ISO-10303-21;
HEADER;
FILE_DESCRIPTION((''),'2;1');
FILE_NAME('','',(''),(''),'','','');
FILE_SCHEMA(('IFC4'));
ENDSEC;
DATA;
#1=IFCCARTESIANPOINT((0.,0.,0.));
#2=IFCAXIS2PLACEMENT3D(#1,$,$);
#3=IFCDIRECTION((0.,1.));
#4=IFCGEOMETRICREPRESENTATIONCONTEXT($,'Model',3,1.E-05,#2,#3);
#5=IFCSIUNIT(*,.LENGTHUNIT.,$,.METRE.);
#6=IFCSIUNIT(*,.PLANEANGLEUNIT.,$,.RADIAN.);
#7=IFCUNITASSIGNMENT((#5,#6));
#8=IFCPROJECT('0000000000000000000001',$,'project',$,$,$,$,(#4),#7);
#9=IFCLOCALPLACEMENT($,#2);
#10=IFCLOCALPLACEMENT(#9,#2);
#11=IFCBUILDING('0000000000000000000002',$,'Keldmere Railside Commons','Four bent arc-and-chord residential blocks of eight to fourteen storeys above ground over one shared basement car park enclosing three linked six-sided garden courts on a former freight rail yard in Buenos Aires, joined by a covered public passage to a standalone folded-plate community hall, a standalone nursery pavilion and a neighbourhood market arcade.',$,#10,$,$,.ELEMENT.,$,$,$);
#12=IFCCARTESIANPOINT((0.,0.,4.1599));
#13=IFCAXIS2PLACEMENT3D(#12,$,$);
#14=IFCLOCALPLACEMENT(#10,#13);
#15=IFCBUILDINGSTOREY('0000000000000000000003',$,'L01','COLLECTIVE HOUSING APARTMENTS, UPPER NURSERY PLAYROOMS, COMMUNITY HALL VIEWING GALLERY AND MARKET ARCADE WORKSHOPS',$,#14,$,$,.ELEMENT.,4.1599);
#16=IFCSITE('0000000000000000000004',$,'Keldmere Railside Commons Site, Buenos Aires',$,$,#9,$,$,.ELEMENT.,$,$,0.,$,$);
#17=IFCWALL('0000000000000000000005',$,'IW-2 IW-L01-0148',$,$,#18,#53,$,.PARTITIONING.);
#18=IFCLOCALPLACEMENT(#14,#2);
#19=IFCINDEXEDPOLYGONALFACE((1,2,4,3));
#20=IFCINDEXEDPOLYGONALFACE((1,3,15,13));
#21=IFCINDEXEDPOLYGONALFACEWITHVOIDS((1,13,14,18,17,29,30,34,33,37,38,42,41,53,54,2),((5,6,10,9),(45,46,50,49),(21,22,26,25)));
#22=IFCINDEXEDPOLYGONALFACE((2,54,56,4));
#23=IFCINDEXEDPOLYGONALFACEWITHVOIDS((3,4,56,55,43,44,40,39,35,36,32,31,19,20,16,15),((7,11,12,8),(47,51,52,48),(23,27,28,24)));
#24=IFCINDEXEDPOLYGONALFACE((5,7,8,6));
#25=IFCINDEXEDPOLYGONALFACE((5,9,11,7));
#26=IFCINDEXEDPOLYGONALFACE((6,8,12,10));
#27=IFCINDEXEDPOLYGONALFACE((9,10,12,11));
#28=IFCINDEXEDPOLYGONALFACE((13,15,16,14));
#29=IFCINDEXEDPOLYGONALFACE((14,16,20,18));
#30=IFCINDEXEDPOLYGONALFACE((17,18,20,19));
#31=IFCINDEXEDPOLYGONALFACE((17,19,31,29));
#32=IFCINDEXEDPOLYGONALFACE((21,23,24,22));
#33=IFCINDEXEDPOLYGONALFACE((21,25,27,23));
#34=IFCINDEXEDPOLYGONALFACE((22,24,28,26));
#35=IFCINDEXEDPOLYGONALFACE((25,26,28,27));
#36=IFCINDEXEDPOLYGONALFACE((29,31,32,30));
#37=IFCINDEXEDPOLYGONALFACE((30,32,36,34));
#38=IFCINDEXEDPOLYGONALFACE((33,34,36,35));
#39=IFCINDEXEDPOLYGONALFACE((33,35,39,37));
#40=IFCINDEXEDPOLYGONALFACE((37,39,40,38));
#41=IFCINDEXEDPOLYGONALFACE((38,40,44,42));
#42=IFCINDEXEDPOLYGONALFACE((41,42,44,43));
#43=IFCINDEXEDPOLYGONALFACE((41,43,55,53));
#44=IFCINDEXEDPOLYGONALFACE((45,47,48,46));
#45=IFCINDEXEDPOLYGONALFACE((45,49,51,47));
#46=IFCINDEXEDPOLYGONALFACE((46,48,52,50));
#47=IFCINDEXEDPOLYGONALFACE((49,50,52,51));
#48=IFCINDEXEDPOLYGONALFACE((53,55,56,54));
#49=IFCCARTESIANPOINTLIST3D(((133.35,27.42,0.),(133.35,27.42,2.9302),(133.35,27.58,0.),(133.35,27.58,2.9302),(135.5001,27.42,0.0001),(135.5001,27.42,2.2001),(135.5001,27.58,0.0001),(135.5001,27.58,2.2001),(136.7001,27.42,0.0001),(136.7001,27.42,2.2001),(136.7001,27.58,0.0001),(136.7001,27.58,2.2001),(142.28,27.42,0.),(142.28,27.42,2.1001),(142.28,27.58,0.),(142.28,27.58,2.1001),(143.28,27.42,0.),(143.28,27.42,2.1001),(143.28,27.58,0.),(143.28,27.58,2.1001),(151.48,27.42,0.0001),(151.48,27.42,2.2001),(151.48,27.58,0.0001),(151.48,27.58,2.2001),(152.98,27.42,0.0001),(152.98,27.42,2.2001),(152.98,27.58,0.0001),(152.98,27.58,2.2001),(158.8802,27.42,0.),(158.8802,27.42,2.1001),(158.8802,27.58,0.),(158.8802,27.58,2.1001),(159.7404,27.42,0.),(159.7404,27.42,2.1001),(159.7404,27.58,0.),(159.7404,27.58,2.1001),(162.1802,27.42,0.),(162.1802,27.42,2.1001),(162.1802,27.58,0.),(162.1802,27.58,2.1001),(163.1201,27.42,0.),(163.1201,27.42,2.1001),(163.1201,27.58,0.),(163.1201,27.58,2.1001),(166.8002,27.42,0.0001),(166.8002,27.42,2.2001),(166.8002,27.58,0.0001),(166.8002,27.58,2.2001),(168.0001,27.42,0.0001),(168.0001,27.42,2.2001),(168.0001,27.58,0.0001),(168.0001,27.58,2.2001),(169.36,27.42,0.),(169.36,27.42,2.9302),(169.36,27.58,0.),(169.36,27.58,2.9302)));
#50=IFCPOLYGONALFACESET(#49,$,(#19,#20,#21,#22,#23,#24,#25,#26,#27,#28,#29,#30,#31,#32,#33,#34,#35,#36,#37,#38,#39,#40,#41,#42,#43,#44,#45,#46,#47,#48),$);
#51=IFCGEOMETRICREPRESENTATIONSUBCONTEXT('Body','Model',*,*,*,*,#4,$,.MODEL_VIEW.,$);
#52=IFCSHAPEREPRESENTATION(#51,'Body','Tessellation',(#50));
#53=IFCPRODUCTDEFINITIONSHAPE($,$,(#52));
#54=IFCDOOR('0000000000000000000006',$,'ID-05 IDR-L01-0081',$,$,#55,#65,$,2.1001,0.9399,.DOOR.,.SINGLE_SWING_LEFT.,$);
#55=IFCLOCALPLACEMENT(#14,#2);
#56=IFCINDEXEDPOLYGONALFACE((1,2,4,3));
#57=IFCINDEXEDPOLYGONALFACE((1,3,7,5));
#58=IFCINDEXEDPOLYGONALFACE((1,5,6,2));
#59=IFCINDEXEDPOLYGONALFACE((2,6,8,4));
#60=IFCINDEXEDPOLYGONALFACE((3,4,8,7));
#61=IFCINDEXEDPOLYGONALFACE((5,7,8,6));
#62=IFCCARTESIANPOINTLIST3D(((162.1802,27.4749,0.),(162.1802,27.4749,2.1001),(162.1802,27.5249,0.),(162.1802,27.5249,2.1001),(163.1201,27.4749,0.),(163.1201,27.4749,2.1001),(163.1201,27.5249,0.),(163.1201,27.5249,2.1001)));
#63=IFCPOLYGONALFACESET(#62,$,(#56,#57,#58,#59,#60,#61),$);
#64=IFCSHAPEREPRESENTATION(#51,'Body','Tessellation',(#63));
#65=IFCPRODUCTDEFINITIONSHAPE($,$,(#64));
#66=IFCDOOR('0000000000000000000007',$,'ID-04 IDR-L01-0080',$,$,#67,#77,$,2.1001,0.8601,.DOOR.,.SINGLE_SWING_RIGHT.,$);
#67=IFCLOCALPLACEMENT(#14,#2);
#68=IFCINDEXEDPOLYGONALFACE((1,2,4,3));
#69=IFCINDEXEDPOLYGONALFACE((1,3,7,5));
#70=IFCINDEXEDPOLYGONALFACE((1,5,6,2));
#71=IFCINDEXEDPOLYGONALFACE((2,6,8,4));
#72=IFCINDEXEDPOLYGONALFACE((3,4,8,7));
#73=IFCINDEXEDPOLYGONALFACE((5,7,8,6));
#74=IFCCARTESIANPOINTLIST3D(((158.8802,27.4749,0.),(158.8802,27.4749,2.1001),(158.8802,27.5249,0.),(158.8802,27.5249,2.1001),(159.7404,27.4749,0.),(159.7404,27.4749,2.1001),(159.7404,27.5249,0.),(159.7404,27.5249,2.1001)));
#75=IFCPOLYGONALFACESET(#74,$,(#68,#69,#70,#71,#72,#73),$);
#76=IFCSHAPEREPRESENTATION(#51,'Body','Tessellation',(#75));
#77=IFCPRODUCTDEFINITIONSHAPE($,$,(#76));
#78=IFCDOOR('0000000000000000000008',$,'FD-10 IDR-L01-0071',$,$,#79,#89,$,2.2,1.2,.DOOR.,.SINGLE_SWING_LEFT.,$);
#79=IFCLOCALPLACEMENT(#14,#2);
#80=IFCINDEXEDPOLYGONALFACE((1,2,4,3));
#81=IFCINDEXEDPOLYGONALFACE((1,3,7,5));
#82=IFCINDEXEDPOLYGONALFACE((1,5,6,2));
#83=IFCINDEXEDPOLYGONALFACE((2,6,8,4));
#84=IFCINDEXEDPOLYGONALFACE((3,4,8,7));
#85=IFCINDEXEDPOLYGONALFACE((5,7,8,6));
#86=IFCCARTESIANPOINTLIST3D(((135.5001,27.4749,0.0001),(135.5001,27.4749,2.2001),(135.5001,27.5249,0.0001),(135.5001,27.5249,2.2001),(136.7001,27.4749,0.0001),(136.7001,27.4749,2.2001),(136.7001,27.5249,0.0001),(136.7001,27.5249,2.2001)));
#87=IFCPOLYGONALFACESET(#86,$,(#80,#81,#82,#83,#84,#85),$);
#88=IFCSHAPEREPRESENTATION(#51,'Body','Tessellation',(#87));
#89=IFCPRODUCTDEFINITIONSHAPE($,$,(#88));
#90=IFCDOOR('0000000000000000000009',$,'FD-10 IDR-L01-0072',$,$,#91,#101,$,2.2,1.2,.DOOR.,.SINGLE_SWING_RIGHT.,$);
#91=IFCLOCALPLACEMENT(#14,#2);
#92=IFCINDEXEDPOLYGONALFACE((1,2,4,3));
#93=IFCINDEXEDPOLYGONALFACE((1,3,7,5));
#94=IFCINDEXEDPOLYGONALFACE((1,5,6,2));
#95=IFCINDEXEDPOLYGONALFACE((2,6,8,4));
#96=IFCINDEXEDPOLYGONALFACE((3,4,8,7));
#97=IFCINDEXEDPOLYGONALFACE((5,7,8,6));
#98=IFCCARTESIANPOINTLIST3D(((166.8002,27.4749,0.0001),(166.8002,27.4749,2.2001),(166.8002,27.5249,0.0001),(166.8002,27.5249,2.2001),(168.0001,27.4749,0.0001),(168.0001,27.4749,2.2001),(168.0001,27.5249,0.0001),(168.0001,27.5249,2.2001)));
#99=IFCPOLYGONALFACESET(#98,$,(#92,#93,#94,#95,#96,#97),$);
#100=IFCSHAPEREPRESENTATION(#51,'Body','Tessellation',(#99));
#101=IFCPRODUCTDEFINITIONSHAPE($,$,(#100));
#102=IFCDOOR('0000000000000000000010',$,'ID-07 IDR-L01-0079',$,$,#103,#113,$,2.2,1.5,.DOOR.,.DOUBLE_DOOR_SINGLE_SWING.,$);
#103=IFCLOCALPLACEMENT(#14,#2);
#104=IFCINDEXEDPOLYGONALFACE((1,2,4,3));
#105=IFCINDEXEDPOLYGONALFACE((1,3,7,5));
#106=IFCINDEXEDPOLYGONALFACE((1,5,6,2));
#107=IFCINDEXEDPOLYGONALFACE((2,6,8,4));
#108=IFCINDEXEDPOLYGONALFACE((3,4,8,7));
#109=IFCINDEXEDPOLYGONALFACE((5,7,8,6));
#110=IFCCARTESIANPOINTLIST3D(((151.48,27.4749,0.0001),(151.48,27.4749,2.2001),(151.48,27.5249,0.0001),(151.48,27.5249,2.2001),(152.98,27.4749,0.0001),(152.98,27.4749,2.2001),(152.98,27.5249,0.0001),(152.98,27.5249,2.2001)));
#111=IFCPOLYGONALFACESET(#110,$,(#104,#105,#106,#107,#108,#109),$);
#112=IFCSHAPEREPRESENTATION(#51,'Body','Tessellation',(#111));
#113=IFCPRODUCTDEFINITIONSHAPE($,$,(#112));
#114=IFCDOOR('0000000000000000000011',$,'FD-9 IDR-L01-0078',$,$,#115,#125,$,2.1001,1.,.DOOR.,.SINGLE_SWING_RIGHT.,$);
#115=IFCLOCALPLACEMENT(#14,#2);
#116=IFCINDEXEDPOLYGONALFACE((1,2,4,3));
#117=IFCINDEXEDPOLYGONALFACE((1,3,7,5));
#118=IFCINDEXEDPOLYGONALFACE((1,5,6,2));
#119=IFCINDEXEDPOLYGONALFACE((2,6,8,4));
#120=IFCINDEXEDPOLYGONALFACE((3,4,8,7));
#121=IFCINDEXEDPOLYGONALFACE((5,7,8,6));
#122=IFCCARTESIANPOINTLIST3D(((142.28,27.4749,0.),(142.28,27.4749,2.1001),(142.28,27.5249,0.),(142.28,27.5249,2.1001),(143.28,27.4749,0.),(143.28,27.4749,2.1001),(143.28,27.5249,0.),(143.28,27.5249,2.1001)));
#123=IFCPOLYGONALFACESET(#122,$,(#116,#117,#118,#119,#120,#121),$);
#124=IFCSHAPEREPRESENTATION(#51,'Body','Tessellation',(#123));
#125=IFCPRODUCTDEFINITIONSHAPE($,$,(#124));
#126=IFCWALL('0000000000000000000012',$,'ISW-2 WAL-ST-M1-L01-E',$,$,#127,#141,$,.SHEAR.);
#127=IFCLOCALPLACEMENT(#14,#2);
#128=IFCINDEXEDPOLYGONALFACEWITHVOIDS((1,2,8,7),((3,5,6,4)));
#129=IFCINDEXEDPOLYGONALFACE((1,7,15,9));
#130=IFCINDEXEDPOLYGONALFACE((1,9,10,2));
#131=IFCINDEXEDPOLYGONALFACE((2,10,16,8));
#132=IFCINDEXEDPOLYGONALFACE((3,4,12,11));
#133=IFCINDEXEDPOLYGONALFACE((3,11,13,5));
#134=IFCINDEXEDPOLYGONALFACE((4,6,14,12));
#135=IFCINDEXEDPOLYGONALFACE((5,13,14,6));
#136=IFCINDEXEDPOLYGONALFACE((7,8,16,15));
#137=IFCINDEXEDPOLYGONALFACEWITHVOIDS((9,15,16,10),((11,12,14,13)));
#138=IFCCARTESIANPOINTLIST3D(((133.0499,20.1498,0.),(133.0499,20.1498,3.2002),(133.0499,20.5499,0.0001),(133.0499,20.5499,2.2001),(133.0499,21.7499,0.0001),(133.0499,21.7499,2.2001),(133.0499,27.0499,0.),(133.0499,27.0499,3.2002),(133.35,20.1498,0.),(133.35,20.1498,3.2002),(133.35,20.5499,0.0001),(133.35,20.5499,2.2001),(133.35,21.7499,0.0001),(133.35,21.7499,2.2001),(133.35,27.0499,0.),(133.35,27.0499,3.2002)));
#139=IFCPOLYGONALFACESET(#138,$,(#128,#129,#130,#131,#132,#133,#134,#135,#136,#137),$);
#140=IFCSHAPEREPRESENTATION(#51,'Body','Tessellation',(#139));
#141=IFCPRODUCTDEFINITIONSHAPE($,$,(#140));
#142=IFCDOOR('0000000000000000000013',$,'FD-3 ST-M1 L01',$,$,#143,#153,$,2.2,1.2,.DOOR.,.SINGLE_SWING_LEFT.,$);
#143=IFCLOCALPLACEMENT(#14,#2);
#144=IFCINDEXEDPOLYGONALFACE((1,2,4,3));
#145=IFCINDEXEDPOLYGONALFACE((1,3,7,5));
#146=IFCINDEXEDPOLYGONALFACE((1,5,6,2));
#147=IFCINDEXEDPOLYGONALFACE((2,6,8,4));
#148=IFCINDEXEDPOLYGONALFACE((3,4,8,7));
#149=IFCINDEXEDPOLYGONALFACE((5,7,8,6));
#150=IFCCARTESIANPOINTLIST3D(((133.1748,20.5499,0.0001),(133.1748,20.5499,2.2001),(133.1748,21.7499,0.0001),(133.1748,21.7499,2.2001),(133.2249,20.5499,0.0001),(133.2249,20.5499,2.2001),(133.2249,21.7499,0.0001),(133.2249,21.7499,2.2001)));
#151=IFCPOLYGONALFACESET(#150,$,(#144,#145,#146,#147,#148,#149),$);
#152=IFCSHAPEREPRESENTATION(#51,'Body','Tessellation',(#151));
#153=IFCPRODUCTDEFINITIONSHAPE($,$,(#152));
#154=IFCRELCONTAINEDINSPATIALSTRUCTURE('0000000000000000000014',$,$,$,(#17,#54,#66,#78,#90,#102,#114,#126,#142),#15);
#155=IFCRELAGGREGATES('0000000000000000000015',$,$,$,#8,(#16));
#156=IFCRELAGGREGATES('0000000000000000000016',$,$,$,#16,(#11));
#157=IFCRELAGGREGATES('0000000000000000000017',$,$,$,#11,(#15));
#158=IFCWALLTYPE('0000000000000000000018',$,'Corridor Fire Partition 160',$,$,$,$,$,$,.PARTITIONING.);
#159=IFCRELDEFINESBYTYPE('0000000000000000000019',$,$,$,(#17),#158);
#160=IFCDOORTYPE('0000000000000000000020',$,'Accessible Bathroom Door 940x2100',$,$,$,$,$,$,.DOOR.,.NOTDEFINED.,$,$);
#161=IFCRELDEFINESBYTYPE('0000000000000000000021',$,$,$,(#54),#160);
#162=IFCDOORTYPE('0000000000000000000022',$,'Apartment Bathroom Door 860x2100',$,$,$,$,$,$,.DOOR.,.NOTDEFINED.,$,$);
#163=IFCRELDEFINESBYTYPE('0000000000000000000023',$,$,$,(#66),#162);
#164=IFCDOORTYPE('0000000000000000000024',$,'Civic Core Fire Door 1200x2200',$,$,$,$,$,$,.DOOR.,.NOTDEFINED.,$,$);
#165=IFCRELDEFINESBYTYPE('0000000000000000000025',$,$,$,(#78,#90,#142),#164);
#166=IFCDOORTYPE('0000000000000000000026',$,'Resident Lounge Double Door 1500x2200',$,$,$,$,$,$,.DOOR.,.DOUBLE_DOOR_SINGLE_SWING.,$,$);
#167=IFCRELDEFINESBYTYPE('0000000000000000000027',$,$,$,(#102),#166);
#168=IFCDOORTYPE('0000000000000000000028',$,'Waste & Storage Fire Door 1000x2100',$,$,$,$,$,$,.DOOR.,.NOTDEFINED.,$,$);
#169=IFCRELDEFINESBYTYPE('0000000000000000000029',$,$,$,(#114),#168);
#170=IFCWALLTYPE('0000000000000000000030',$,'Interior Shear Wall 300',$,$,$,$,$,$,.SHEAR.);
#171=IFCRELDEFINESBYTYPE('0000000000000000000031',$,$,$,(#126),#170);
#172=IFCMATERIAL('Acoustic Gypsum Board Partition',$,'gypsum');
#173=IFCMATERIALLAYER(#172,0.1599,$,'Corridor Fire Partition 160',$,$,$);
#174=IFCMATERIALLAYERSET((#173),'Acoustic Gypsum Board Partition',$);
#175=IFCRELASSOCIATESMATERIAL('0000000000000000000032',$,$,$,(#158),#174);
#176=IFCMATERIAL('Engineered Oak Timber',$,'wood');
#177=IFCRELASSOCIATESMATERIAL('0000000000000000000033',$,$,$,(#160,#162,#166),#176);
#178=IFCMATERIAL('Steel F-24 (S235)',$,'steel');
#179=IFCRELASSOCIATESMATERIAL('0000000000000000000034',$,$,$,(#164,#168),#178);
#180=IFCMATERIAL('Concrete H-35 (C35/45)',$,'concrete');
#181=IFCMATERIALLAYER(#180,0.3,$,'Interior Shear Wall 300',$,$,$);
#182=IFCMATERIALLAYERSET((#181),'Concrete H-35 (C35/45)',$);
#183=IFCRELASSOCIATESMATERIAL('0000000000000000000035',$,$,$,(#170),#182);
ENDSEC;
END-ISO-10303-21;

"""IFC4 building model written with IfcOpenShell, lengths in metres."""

from ifc_helpers import new_model, si_unit, direction, frame, frame_2d, origin, place, context, subcontext, project, spatial, rectangle, extrude, material, layer, layer_set, type_object, element, fill, save


model = new_model("IFC4")

# Units and contexts
model_context = context("Model", 3, precision=1e-05, world=origin(), true_north=direction((0.0, 1.0)))
body_context = subcontext(model_context, "Body", "Model", "MODEL_VIEW")
ifc_project = project(units=[si_unit("LENGTHUNIT", "METRE"), si_unit("PLANEANGLEUNIT", "RADIAN")], contexts=[model_context])

# Site, building, storey
site_placement = place(None, origin())
site = spatial("IfcSite", under=ifc_project, at=site_placement, Name="Keldmere Railside Commons Site, Buenos Aires", CompositionType="ELEMENT", RefElevation=0.0)
building_placement = place(site_placement, origin())
building = spatial("IfcBuilding", under=site, at=building_placement, Name="Keldmere Railside Commons", Description="Four bent arc-and-chord residential blocks of eight to fourteen storeys above ground over one shared basement car park enclosing three linked six-sided garden courts on a former freight rail yard in Buenos Aires, joined by a covered public passage to a standalone folded-plate community hall, a standalone nursery pavilion and a neighbourhood market arcade.", CompositionType="ELEMENT")
storey_placement = place(building_placement, frame((0.0, 0.0, 4.1599)))
storey = spatial("IfcBuildingStorey", under=building, at=storey_placement, Name="L01", Description="COLLECTIVE HOUSING APARTMENTS, UPPER NURSERY PLAYROOMS, COMMUNITY HALL VIEWING GALLERY AND MARKET ARCADE WORKSHOPS", CompositionType="ELEMENT", Elevation=4.1599)

# Shared definitions
ifc_material_1 = material(Name="Concrete H-35 (C35/45)", Category="concrete")

# Shared definitions
ifc_material_2 = material(Name="Acoustic Gypsum Board Partition", Category="gypsum")

# Wall, openings, doors
ifc_layer_1 = layer(ifc_material_2, 0.1599, Name="Corridor Fire Partition 160")
ifc_layer_set_1 = layer_set([ifc_layer_1], Name="Acoustic Gypsum Board Partition")
wall_type_1 = type_object("IfcWallType", Name="Corridor Fire Partition 160", PredefinedType="PARTITIONING", material=ifc_layer_set_1)
wall_1_placement = place(storey_placement, frame((133.3501, 27.5, 0.0), z_axis=(0.0, 0.0, 1.0), x_axis=(1.0, 0.0, 0.0)))
wall_1 = element("IfcWall", 1, at=wall_1_placement, inside=storey, type_object=wall_type_1, Name="IW-2 IW-L01-0148", PredefinedType="PARTITIONING", context=body_context, shape_type="SweptSolid", body=[
    extrude(rectangle(XDim=36.01, YDim=0.1599, at=frame_2d((18.0049, 0.0))), origin(), (0.0, 0.0, 1.0), 2.9302),
])
opening_1_placement = place(wall_1_placement, frame((2.1499, 0.0, 0.0)))
opening_1 = element("IfcOpeningElement", 2, at=opening_1_placement, cuts=wall_1, PredefinedType="OPENING", context=body_context, shape_type="SweptSolid", body=[
    extrude(rectangle(XDim=1.2, YDim=2.2, at=frame_2d((0.6001, 1.1001))), frame((0.0, 0.0898, 0.0), z_axis=(0.0, -1.0, 0.0), x_axis=(1.0, 0.0, 0.0)), (0.0, 0.0, 1.0), 0.1799),
])
opening_2_placement = place(wall_1_placement, frame((33.45, 0.0, 0.0)))
opening_2 = element("IfcOpeningElement", 3, at=opening_2_placement, cuts=wall_1, PredefinedType="OPENING", context=body_context, shape_type="SweptSolid", body=[
    extrude(rectangle(XDim=1.2, YDim=2.2, at=frame_2d((0.6001, 1.1001))), frame((0.0, 0.0898, 0.0), z_axis=(0.0, -1.0, 0.0), x_axis=(1.0, 0.0, 0.0)), (0.0, 0.0, 1.0), 0.1799),
])
opening_3_placement = place(wall_1_placement, frame((8.9299, 0.0, 0.0)))
opening_3 = element("IfcOpeningElement", 4, at=opening_3_placement, cuts=wall_1, PredefinedType="OPENING", context=body_context, shape_type="SweptSolid", body=[
    extrude(rectangle(XDim=1.0, YDim=2.1001, at=frame_2d((0.5, 1.05))), frame((0.0, 0.0898, 0.0), z_axis=(0.0, -1.0, 0.0), x_axis=(1.0, 0.0, 0.0)), (0.0, 0.0, 1.0), 0.1799),
])
opening_4_placement = place(wall_1_placement, frame((18.1299, 0.0, 0.0)))
opening_4 = element("IfcOpeningElement", 5, at=opening_4_placement, cuts=wall_1, PredefinedType="OPENING", context=body_context, shape_type="SweptSolid", body=[
    extrude(rectangle(XDim=1.5, YDim=2.2, at=frame_2d((0.75, 1.1001))), frame((0.0, 0.0898, 0.0), z_axis=(0.0, -1.0, 0.0), x_axis=(1.0, 0.0, 0.0)), (0.0, 0.0, 1.0), 0.1799),
])
opening_5_placement = place(wall_1_placement, frame((25.53, 0.0, 0.0)))
opening_5 = element("IfcOpeningElement", 6, at=opening_5_placement, cuts=wall_1, PredefinedType="OPENING", context=body_context, shape_type="SweptSolid", body=[
    extrude(rectangle(XDim=0.8601, YDim=2.1001, at=frame_2d((0.4302, 1.05))), frame((0.0, 0.0898, 0.0), z_axis=(0.0, -1.0, 0.0), x_axis=(1.0, 0.0, 0.0)), (0.0, 0.0, 1.0), 0.1799),
])
opening_6_placement = place(wall_1_placement, frame((28.8301, 0.0, 0.0)))
opening_6 = element("IfcOpeningElement", 7, at=opening_6_placement, cuts=wall_1, PredefinedType="OPENING", context=body_context, shape_type="SweptSolid", body=[
    extrude(rectangle(XDim=0.9399, YDim=2.1001, at=frame_2d((0.47, 1.05))), frame((0.0, 0.0898, 0.0), z_axis=(0.0, -1.0, 0.0), x_axis=(1.0, 0.0, 0.0)), (0.0, 0.0, 1.0), 0.1799),
])
ifc_material_3 = material(Name="Engineered Oak Timber", Category="wood")
door_type_1 = type_object("IfcDoorType", Name="Accessible Bathroom Door 940x2100", OperationType="NOTDEFINED", PredefinedType="DOOR", material=ifc_material_3)
door_1_placement = place(opening_6_placement, origin())
door_1 = element("IfcDoor", 8, at=door_1_placement, inside=storey, type_object=door_type_1, Name="ID-05 IDR-L01-0081", OperationType="SINGLE_SWING_LEFT", OverallHeight=2.1001, OverallWidth=0.9399, PredefinedType="DOOR", context=body_context, shape_type="SweptSolid", body=[
    extrude(rectangle(XDim=0.9399, YDim=2.1001, at=frame_2d((0.47, 1.05))), frame((0.0, 0.0249, 0.0), z_axis=(0.0, -1.0, 0.0), x_axis=(1.0, 0.0, 0.0)), (0.0, 0.0, 1.0), 0.05),
])
fill(opening_6, door_1)
door_type_2 = type_object("IfcDoorType", Name="Apartment Bathroom Door 860x2100", OperationType="NOTDEFINED", PredefinedType="DOOR", material=ifc_material_3)
door_2_placement = place(opening_5_placement, origin())
door_2 = element("IfcDoor", 9, at=door_2_placement, inside=storey, type_object=door_type_2, Name="ID-04 IDR-L01-0080", OperationType="SINGLE_SWING_RIGHT", OverallHeight=2.1001, OverallWidth=0.8601, PredefinedType="DOOR", context=body_context, shape_type="SweptSolid", body=[
    extrude(rectangle(XDim=0.8601, YDim=2.1001, at=frame_2d((0.4302, 1.05))), frame((0.0, 0.0249, 0.0), z_axis=(0.0, -1.0, 0.0), x_axis=(1.0, 0.0, 0.0)), (0.0, 0.0, 1.0), 0.05),
])
fill(opening_5, door_2)
ifc_material_4 = material(Name="Steel F-24 (S235)", Category="steel")
door_type_3 = type_object("IfcDoorType", Name="Civic Core Fire Door 1200x2200", OperationType="NOTDEFINED", PredefinedType="DOOR", material=ifc_material_4)
door_3_placement = place(opening_1_placement, origin())
door_3 = element("IfcDoor", 10, at=door_3_placement, inside=storey, type_object=door_type_3, Name="FD-10 IDR-L01-0071", OperationType="SINGLE_SWING_LEFT", OverallHeight=2.2, OverallWidth=1.2, PredefinedType="DOOR", context=body_context, shape_type="SweptSolid", body=[
    extrude(rectangle(XDim=1.2, YDim=2.2, at=frame_2d((0.6001, 1.1001))), frame((0.0, 0.0249, 0.0), z_axis=(0.0, -1.0, 0.0), x_axis=(1.0, 0.0, 0.0)), (0.0, 0.0, 1.0), 0.05),
])
fill(opening_1, door_3)
door_4_placement = place(opening_2_placement, origin())
door_4 = element("IfcDoor", 11, at=door_4_placement, inside=storey, type_object=door_type_3, Name="FD-10 IDR-L01-0072", OperationType="SINGLE_SWING_RIGHT", OverallHeight=2.2, OverallWidth=1.2, PredefinedType="DOOR", context=body_context, shape_type="SweptSolid", body=[
    extrude(rectangle(XDim=1.2, YDim=2.2, at=frame_2d((0.6001, 1.1001))), frame((0.0, 0.0249, 0.0), z_axis=(0.0, -1.0, 0.0), x_axis=(1.0, 0.0, 0.0)), (0.0, 0.0, 1.0), 0.05),
])
fill(opening_2, door_4)
door_type_4 = type_object("IfcDoorType", Name="Resident Lounge Double Door 1500x2200", OperationType="DOUBLE_DOOR_SINGLE_SWING", PredefinedType="DOOR", material=ifc_material_3)
door_5_placement = place(opening_4_placement, origin())
door_5 = element("IfcDoor", 12, at=door_5_placement, inside=storey, type_object=door_type_4, Name="ID-07 IDR-L01-0079", OperationType="DOUBLE_DOOR_SINGLE_SWING", OverallHeight=2.2, OverallWidth=1.5, PredefinedType="DOOR", context=body_context, shape_type="SweptSolid", body=[
    extrude(rectangle(XDim=1.5, YDim=2.2, at=frame_2d((0.75, 1.1001))), frame((0.0, 0.0249, 0.0), z_axis=(0.0, -1.0, 0.0), x_axis=(1.0, 0.0, 0.0)), (0.0, 0.0, 1.0), 0.05),
])
fill(opening_4, door_5)
door_type_5 = type_object("IfcDoorType", Name="Waste & Storage Fire Door 1000x2100", OperationType="NOTDEFINED", PredefinedType="DOOR", material=ifc_material_4)
door_6_placement = place(opening_3_placement, origin())
door_6 = element("IfcDoor", 13, at=door_6_placement, inside=storey, type_object=door_type_5, Name="FD-9 IDR-L01-0078", OperationType="SINGLE_SWING_RIGHT", OverallHeight=2.1001, OverallWidth=1.0, PredefinedType="DOOR", context=body_context, shape_type="SweptSolid", body=[
    extrude(rectangle(XDim=1.0, YDim=2.1001, at=frame_2d((0.5, 1.05))), frame((0.0, 0.0249, 0.0), z_axis=(0.0, -1.0, 0.0), x_axis=(1.0, 0.0, 0.0)), (0.0, 0.0, 1.0), 0.05),
])
fill(opening_3, door_6)

# Wall, opening, door
ifc_layer_2 = layer(ifc_material_1, 0.3, Name="Interior Shear Wall 300")
ifc_layer_set_2 = layer_set([ifc_layer_2], Name="Concrete H-35 (C35/45)")
wall_type_2 = type_object("IfcWallType", Name="Interior Shear Wall 300", PredefinedType="SHEAR", material=ifc_layer_set_2)
wall_2_placement = place(storey_placement, frame((133.2, 27.05, 0.0), z_axis=(0.0, 0.0, 1.0), x_axis=(0.0, -1.0, 0.0)))
wall_2 = element("IfcWall", 14, at=wall_2_placement, inside=storey, type_object=wall_type_2, Name="ISW-2 WAL-ST-M1-L01-E", PredefinedType="SHEAR", context=body_context, shape_type="SweptSolid", body=[
    extrude(rectangle(XDim=6.9001, YDim=0.3, at=frame_2d((3.4502, 0.0))), origin(), (0.0, 0.0, 1.0), 3.2002),
])
opening_7_placement = place(wall_2_placement, frame((5.3, 0.0, 0.0)))
opening_7 = element("IfcOpeningElement", 15, at=opening_7_placement, cuts=wall_2, PredefinedType="OPENING", context=body_context, shape_type="SweptSolid", body=[
    extrude(rectangle(XDim=1.2, YDim=2.2, at=frame_2d((0.6001, 1.1001))), frame((0.0, 0.1599, 0.0), z_axis=(0.0, -1.0, 0.0), x_axis=(1.0, 0.0, 0.0)), (0.0, 0.0, 1.0), 0.3201),
])
door_7_placement = place(opening_7_placement, origin())
door_7 = element("IfcDoor", 16, at=door_7_placement, inside=storey, type_object=door_type_3, Name="FD-3 ST-M1 L01", OperationType="SINGLE_SWING_LEFT", OverallHeight=2.2, OverallWidth=1.2, PredefinedType="DOOR", context=body_context, shape_type="SweptSolid", body=[
    extrude(rectangle(XDim=1.2, YDim=2.2, at=frame_2d((0.6001, 1.1001))), frame((0.0, 0.0249, 0.0), z_axis=(0.0, -1.0, 0.0), x_axis=(1.0, 0.0, 0.0)), (0.0, 0.0, 1.0), 0.05),
])
fill(opening_7, door_7)

save(model, "model.ifc")
